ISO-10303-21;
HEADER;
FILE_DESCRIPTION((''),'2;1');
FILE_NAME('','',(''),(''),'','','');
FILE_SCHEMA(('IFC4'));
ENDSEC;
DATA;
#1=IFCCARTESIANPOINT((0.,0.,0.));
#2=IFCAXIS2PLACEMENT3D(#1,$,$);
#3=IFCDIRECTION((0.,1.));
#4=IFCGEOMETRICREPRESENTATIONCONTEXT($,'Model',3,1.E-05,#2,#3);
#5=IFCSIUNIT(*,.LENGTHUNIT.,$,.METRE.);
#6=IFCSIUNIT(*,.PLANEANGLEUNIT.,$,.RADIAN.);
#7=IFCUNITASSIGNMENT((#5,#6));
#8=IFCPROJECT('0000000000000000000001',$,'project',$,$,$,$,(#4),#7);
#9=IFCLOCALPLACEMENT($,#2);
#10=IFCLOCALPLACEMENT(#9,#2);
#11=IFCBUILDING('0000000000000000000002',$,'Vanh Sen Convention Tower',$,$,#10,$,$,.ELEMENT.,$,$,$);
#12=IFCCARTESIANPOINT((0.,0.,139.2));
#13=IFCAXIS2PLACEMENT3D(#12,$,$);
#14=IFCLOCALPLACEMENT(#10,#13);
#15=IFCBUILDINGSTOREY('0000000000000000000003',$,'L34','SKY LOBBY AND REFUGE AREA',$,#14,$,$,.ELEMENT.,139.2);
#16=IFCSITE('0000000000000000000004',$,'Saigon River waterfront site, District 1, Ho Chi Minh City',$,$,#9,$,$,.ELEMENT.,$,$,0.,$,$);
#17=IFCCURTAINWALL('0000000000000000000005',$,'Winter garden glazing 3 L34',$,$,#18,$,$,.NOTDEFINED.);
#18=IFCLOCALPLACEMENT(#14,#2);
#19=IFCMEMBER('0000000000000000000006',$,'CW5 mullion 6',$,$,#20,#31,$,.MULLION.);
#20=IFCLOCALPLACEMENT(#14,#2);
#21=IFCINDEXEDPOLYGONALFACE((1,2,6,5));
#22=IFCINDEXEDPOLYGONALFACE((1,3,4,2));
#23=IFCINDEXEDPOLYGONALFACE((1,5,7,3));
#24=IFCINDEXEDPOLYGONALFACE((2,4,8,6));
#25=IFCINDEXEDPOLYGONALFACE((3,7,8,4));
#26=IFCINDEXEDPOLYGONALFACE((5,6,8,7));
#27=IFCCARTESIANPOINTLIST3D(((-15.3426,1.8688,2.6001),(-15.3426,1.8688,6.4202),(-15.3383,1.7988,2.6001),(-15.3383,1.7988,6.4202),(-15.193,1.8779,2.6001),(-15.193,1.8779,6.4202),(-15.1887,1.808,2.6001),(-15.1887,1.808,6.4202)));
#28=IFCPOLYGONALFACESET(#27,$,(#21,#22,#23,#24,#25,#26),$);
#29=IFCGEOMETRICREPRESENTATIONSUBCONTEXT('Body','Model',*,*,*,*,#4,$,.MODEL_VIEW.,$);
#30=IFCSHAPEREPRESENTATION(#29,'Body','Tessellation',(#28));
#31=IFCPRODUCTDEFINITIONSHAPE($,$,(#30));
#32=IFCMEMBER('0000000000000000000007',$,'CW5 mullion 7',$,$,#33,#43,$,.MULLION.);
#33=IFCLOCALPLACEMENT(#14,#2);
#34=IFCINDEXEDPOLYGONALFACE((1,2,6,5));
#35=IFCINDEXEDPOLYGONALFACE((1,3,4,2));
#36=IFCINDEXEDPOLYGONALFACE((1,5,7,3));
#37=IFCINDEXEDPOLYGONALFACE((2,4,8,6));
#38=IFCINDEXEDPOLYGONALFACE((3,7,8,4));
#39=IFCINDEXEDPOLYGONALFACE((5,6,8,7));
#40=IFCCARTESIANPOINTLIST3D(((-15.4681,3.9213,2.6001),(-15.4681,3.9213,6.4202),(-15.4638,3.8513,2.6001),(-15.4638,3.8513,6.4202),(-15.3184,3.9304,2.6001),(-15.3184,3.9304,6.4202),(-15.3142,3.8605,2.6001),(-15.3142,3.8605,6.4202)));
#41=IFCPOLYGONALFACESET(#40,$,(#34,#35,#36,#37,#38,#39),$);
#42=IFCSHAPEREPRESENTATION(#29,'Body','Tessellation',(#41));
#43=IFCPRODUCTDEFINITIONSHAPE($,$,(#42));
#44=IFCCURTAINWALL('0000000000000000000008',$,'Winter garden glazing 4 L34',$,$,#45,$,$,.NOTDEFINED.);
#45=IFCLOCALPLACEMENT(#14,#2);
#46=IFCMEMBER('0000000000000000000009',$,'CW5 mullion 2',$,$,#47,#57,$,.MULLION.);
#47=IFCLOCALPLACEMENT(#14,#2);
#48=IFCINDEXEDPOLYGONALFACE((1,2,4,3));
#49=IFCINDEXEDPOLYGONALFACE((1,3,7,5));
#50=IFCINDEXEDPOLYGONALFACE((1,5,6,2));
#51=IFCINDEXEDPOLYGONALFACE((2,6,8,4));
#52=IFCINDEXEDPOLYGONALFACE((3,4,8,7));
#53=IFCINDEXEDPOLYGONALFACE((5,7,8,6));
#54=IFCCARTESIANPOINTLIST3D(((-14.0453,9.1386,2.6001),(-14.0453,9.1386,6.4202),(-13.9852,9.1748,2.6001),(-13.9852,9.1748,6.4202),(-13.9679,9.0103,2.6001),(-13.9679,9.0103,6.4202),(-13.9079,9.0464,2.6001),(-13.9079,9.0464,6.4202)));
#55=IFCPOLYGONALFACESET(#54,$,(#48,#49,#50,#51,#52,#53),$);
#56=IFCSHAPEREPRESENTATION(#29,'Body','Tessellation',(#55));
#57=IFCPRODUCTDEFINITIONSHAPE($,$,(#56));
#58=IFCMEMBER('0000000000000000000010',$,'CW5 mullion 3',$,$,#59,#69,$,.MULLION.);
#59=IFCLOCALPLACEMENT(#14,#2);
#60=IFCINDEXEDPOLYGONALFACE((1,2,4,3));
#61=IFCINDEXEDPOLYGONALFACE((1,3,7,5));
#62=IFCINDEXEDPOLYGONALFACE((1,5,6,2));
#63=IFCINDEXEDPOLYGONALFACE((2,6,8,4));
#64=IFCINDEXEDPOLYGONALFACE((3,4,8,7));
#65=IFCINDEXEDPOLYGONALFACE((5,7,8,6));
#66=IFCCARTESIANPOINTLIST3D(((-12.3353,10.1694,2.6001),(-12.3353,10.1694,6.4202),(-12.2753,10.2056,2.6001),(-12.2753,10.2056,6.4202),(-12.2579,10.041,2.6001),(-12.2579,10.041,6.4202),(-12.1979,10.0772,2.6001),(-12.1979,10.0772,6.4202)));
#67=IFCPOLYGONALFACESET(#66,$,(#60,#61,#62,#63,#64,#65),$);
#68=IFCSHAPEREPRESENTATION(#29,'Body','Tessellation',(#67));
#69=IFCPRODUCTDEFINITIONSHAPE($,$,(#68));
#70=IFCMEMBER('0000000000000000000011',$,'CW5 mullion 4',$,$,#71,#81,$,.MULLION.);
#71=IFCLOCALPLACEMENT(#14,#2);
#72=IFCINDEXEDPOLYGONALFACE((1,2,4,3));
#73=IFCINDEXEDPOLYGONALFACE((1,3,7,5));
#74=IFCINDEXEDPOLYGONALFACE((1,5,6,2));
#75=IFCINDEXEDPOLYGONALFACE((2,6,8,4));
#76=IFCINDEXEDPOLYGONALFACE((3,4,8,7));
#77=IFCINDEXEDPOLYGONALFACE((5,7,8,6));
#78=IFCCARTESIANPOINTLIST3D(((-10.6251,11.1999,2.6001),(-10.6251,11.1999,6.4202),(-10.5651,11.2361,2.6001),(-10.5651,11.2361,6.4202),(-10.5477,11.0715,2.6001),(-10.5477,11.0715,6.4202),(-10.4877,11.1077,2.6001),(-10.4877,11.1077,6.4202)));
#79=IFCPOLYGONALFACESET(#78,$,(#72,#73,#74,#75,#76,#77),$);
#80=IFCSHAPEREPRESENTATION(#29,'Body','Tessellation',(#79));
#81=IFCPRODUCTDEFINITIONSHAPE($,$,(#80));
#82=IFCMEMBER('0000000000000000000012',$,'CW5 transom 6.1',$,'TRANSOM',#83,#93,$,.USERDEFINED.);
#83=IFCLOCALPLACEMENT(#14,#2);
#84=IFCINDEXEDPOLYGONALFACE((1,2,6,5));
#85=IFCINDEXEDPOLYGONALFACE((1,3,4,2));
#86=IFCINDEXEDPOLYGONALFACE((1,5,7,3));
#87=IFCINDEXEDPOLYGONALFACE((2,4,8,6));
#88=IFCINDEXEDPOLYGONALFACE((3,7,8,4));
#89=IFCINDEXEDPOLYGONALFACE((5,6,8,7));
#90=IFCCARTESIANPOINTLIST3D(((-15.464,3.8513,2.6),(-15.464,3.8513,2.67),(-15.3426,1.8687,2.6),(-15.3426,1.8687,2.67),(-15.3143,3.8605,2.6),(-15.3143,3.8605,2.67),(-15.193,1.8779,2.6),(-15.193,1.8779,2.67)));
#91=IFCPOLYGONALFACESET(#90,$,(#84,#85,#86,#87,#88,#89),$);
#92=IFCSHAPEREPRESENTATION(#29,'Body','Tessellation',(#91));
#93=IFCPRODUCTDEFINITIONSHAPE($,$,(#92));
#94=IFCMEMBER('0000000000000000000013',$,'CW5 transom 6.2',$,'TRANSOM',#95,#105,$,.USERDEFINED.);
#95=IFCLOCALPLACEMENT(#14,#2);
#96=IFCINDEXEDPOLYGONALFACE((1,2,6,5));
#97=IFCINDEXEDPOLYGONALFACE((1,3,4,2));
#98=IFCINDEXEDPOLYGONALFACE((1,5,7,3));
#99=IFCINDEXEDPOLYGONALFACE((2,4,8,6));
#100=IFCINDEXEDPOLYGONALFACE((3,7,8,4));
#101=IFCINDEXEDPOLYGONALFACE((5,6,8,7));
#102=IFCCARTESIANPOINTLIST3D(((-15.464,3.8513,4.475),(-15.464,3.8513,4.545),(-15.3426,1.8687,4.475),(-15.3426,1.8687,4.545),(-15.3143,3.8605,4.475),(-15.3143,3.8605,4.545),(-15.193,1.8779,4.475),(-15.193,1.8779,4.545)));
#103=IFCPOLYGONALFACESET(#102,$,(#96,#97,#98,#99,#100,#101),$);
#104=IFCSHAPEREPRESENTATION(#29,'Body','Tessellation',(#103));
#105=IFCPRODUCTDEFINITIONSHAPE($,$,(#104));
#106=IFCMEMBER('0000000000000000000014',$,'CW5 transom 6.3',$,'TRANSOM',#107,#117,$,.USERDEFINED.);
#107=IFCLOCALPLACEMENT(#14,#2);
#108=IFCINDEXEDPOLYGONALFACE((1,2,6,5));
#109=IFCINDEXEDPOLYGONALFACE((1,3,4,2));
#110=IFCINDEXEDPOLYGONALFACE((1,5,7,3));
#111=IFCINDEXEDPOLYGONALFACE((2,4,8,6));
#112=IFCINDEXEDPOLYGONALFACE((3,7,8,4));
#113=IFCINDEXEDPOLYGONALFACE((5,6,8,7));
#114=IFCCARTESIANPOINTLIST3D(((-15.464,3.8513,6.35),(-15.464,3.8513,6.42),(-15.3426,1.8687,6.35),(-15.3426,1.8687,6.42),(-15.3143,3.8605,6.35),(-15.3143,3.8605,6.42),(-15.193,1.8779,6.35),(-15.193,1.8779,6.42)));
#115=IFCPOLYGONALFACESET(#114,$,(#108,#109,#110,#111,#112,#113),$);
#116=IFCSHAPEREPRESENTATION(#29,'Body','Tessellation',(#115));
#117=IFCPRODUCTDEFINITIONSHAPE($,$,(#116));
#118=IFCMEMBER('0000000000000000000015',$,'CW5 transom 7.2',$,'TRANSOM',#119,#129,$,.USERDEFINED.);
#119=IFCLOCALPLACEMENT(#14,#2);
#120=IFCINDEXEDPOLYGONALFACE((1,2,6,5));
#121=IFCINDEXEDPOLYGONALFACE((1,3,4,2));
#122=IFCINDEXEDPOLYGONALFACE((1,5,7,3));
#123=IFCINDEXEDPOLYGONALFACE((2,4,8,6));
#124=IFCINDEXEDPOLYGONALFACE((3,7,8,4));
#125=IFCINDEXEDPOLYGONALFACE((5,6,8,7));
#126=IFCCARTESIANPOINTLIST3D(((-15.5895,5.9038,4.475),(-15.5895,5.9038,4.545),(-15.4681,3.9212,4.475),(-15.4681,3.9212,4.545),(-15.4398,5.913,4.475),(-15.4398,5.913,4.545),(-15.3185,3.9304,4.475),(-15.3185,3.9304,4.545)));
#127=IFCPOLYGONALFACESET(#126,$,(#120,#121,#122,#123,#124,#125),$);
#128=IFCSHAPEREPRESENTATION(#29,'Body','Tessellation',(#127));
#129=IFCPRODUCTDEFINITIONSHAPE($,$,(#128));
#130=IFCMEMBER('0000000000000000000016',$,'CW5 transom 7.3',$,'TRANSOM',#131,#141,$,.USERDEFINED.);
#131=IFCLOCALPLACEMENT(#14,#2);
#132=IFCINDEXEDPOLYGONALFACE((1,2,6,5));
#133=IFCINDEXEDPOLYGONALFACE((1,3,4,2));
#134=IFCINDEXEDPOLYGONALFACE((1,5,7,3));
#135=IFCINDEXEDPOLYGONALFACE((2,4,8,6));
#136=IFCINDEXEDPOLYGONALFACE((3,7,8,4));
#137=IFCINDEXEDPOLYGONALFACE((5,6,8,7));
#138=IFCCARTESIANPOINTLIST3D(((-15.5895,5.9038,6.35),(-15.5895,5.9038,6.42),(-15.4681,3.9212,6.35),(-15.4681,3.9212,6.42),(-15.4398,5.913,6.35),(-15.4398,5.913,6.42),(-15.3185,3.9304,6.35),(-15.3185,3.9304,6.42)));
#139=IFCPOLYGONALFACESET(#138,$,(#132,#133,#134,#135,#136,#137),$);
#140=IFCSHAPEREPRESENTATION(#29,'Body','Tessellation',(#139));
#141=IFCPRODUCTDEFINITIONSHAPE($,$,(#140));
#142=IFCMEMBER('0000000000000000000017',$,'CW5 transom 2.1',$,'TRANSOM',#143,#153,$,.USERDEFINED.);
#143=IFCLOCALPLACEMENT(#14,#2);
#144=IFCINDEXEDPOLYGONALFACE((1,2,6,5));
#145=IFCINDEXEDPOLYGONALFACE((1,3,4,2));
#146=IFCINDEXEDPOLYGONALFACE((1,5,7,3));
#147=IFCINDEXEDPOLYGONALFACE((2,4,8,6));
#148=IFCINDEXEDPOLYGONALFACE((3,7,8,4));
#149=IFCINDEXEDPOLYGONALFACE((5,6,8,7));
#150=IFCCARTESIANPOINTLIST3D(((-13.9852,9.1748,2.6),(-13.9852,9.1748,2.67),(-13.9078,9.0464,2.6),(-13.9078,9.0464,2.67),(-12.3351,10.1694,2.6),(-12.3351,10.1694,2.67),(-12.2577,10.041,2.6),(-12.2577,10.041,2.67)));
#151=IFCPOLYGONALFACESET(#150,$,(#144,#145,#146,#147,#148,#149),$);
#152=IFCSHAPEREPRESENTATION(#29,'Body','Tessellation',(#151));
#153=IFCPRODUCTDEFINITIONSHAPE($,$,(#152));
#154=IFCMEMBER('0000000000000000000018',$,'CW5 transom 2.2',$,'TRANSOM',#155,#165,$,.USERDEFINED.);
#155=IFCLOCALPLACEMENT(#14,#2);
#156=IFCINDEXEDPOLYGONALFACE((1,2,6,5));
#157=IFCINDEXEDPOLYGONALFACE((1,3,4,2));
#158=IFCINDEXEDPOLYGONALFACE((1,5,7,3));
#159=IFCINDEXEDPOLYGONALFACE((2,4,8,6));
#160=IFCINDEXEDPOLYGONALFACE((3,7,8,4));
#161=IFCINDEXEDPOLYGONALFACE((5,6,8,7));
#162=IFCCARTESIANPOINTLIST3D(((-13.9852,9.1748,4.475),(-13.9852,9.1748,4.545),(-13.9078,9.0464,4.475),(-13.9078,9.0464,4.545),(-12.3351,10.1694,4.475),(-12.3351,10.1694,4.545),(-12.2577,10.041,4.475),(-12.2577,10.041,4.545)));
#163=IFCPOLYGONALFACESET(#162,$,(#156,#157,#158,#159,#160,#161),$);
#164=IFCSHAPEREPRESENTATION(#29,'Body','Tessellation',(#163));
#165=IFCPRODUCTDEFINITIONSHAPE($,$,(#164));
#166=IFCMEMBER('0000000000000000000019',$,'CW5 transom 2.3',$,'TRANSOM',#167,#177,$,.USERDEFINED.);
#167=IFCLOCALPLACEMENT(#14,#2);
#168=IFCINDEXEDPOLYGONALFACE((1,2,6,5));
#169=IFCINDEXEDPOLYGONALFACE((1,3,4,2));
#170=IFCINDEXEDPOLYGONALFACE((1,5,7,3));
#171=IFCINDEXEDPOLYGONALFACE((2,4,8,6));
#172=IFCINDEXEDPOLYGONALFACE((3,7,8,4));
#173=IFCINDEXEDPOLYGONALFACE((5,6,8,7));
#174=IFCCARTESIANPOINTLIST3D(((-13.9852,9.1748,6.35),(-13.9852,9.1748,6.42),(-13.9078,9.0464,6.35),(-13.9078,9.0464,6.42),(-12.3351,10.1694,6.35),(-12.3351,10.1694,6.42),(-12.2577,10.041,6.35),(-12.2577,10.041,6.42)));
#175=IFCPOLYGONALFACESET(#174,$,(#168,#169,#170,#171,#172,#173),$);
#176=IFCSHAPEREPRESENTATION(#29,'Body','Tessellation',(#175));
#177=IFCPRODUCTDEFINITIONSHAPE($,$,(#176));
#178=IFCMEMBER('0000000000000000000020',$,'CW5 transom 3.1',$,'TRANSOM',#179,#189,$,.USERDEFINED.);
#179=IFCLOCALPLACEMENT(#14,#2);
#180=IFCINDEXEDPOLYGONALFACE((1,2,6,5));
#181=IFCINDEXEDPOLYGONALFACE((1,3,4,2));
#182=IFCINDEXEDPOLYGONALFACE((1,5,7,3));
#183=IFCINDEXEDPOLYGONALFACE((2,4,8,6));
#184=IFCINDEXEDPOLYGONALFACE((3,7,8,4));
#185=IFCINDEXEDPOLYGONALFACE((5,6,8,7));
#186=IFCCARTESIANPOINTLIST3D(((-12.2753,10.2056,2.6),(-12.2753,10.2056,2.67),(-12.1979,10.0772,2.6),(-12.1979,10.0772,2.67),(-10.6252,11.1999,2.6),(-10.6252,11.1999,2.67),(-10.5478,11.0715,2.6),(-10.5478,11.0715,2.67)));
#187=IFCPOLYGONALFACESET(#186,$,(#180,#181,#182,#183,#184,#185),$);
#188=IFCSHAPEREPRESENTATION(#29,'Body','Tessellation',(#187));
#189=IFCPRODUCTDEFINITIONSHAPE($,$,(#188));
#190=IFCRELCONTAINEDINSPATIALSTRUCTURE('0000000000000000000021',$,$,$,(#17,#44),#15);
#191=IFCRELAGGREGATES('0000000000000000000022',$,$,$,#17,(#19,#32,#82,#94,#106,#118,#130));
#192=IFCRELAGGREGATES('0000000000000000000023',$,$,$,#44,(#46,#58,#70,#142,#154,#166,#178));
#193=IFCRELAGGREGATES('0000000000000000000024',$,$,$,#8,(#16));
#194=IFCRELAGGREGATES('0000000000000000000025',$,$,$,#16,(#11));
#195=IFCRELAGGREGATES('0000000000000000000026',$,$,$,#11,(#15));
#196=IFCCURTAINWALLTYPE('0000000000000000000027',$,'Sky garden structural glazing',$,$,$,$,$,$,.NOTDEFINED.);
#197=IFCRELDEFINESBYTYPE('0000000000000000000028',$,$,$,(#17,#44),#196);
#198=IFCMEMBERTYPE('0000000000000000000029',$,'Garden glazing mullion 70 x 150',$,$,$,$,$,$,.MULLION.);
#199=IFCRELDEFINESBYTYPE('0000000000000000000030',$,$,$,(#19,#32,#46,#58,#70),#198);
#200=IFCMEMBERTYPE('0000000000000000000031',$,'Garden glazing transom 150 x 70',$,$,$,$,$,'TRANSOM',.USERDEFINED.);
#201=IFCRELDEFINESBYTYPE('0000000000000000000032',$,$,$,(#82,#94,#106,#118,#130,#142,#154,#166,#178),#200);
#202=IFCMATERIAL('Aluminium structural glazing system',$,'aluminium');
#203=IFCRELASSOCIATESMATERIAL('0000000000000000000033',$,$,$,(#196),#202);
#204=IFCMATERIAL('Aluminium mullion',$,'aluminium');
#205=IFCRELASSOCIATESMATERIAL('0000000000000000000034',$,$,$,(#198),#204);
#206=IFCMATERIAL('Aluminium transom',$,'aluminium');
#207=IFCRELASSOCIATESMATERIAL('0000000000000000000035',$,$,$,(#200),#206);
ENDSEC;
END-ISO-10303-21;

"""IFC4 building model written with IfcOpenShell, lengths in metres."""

from ifc_helpers import new_model, si_unit, direction, frame, origin, origin_2d, place, context, subcontext, project, spatial, rectangle, extrude, material, material_profile, profile_set, type_object, element, aggregate, save


model = new_model("IFC4")

# Units and contexts
model_context = context("Model", 3, precision=1e-05, world=origin(), true_north=direction((0.0, 1.0)))
body_context = subcontext(model_context, "Body", "Model", "MODEL_VIEW")
ifc_project = project(units=[si_unit("LENGTHUNIT", "METRE"), si_unit("PLANEANGLEUNIT", "RADIAN")], contexts=[model_context])

# Site, building, storey
site_placement = place(None, origin())
site = spatial("IfcSite", under=ifc_project, at=site_placement, Name="Saigon River waterfront site, District 1, Ho Chi Minh City", CompositionType="ELEMENT", RefElevation=0.0)
building_placement = place(site_placement, origin())
building = spatial("IfcBuilding", under=site, at=building_placement, Name="Vanh Sen Convention Tower", CompositionType="ELEMENT")
storey_placement = place(building_placement, frame((0.0, 0.0, 139.2)))
storey = spatial("IfcBuildingStorey", under=building, at=storey_placement, Name="L34", Description="SKY LOBBY AND REFUGE AREA", CompositionType="ELEMENT", Elevation=139.2)

# Curtain walls, members
ifc_material_1 = material(Name="Aluminium structural glazing system", Category="aluminium")
curtain_wall_type = type_object("IfcCurtainWallType", Name="Sky garden structural glazing", PredefinedType="NOTDEFINED", material=ifc_material_1)
curtain_wall_1_placement = place(storey_placement, origin())
curtain_wall_1 = element("IfcCurtainWall", 1, at=curtain_wall_1_placement, inside=storey, type_object=curtain_wall_type, Name="Winter garden glazing 3 L34", PredefinedType="NOTDEFINED")
ifc_material_2 = material(Name="Aluminium mullion", Category="aluminium")
ifc_material_profile_1 = material_profile(ifc_material_2, rectangle(XDim=0.1499, YDim=0.0701, at=origin_2d()), Name="Garden glazing mullion 70 x 150")
ifc_profile_set_1 = profile_set([ifc_material_profile_1], Name="Aluminium mullion")
member_type_1 = type_object("IfcMemberType", Name="Garden glazing mullion 70 x 150", PredefinedType="MULLION", material=ifc_profile_set_1)
member_1_placement = place(storey_placement, frame((-15.2656, 1.8384, 2.6001), z_axis=(0.0, 0.0, 1.0), x_axis=(-0.998135, -0.061047, 0.0)))
member_1 = element("IfcMember", 2, at=member_1_placement, type_object=member_type_1, Name="CW5 mullion 6", PredefinedType="MULLION", context=body_context, shape_type="SweptSolid", body=[
    extrude(rectangle(XDim=0.1499, YDim=0.0701, at=origin_2d()), origin(), (0.0, 0.0, 1.0), 3.8201),
])
member_2_placement = place(storey_placement, frame((-15.3911, 3.8909, 2.6001), z_axis=(0.0, 0.0, 1.0), x_axis=(-0.998135, -0.061047, 0.0)))
member_2 = element("IfcMember", 3, at=member_2_placement, type_object=member_type_1, Name="CW5 mullion 7", PredefinedType="MULLION", context=body_context, shape_type="SweptSolid", body=[
    extrude(rectangle(XDim=0.1499, YDim=0.0701, at=origin_2d()), origin(), (0.0, 0.0, 1.0), 3.8201),
])
curtain_wall_2_placement = place(storey_placement, origin())
curtain_wall_2 = element("IfcCurtainWall", 4, at=curtain_wall_2_placement, inside=storey, type_object=curtain_wall_type, Name="Winter garden glazing 4 L34", PredefinedType="NOTDEFINED")
member_3_placement = place(storey_placement, frame((-13.9766, 9.0925, 2.6001), z_axis=(0.0, 0.0, 1.0), x_axis=(-0.516176, 0.856483, 0.0)))
member_3 = element("IfcMember", 5, at=member_3_placement, type_object=member_type_1, Name="CW5 mullion 2", PredefinedType="MULLION", context=body_context, shape_type="SweptSolid", body=[
    extrude(rectangle(XDim=0.1499, YDim=0.0701, at=origin_2d()), origin(), (0.0, 0.0, 1.0), 3.8201),
])
member_4_placement = place(storey_placement, frame((-12.2666, 10.1233, 2.6001), z_axis=(0.0, 0.0, 1.0), x_axis=(-0.516176, 0.856483, 0.0)))
member_4 = element("IfcMember", 6, at=member_4_placement, type_object=member_type_1, Name="CW5 mullion 3", PredefinedType="MULLION", context=body_context, shape_type="SweptSolid", body=[
    extrude(rectangle(XDim=0.1499, YDim=0.0701, at=origin_2d()), origin(), (0.0, 0.0, 1.0), 3.8201),
])
member_5_placement = place(storey_placement, frame((-10.5564, 11.1538, 2.6001), z_axis=(0.0, 0.0, 1.0), x_axis=(-0.516176, 0.856483, 0.0)))
member_5 = element("IfcMember", 7, at=member_5_placement, type_object=member_type_1, Name="CW5 mullion 4", PredefinedType="MULLION", context=body_context, shape_type="SweptSolid", body=[
    extrude(rectangle(XDim=0.1499, YDim=0.0701, at=origin_2d()), origin(), (0.0, 0.0, 1.0), 3.8201),
])

# Members
ifc_material_3 = material(Name="Aluminium transom", Category="aluminium")
ifc_material_profile_2 = material_profile(ifc_material_3, rectangle(XDim=0.1499, YDim=0.0701, at=origin_2d()), Name="Garden glazing transom 150 x 70")
ifc_profile_set_2 = profile_set([ifc_material_profile_2], Name="Aluminium transom")
member_type_2 = type_object("IfcMemberType", Name="Garden glazing transom 150 x 70", ElementType="TRANSOM", PredefinedType="USERDEFINED", material=ifc_profile_set_2)
member_6_placement = place(storey_placement, frame((-15.2678, 1.8733, 2.635), z_axis=(-0.061085, 0.998133, 0.0), x_axis=(-0.998133, -0.061085, 0.0)))
member_6 = element("IfcMember", 8, at=member_6_placement, type_object=member_type_2, Name="CW5 transom 6.1", ObjectType="TRANSOM", PredefinedType="USERDEFINED", context=body_context, shape_type="SweptSolid", body=[
    extrude(rectangle(XDim=0.1499, YDim=0.0701, at=origin_2d()), origin(), (0.0, 0.0, 1.0), 1.9863),
])
member_7_placement = place(storey_placement, frame((-15.2678, 1.8733, 4.51), z_axis=(-0.061085, 0.998133, 0.0), x_axis=(-0.998133, -0.061085, 0.0)))
member_7 = element("IfcMember", 9, at=member_7_placement, type_object=member_type_2, Name="CW5 transom 6.2", ObjectType="TRANSOM", PredefinedType="USERDEFINED", context=body_context, shape_type="SweptSolid", body=[
    extrude(rectangle(XDim=0.1499, YDim=0.0701, at=origin_2d()), origin(), (0.0, 0.0, 1.0), 1.9863),
])
member_8_placement = place(storey_placement, frame((-15.2678, 1.8733, 6.385), z_axis=(-0.061085, 0.998133, 0.0), x_axis=(-0.998133, -0.061085, 0.0)))
member_8 = element("IfcMember", 10, at=member_8_placement, type_object=member_type_2, Name="CW5 transom 6.3", ObjectType="TRANSOM", PredefinedType="USERDEFINED", context=body_context, shape_type="SweptSolid", body=[
    extrude(rectangle(XDim=0.1499, YDim=0.0701, at=origin_2d()), origin(), (0.0, 0.0, 1.0), 1.9863),
])
member_9_placement = place(storey_placement, frame((-15.3933, 3.9258, 4.51), z_axis=(-0.061085, 0.998133, 0.0), x_axis=(-0.998133, -0.061085, 0.0)))
member_9 = element("IfcMember", 11, at=member_9_placement, type_object=member_type_2, Name="CW5 transom 7.2", ObjectType="TRANSOM", PredefinedType="USERDEFINED", context=body_context, shape_type="SweptSolid", body=[
    extrude(rectangle(XDim=0.1499, YDim=0.0701, at=origin_2d()), origin(), (0.0, 0.0, 1.0), 1.9863),
])
member_10_placement = place(storey_placement, frame((-15.3933, 3.9258, 6.385), z_axis=(-0.061085, 0.998133, 0.0), x_axis=(-0.998133, -0.061085, 0.0)))
member_10 = element("IfcMember", 12, at=member_10_placement, type_object=member_type_2, Name="CW5 transom 7.3", ObjectType="TRANSOM", PredefinedType="USERDEFINED", context=body_context, shape_type="SweptSolid", body=[
    extrude(rectangle(XDim=0.1499, YDim=0.0701, at=origin_2d()), origin(), (0.0, 0.0, 1.0), 1.9863),
])
member_11_placement = place(storey_placement, frame((-13.9465, 9.1106, 2.635), z_axis=(0.856451, 0.516228, 0.0), x_axis=(-0.516228, 0.856451, 0.0)))
member_11 = element("IfcMember", 13, at=member_11_placement, type_object=member_type_2, Name="CW5 transom 2.1", ObjectType="TRANSOM", PredefinedType="USERDEFINED", context=body_context, shape_type="SweptSolid", body=[
    extrude(rectangle(XDim=0.1499, YDim=0.0701, at=origin_2d()), origin(), (0.0, 0.0, 1.0), 1.9268),
])
member_12_placement = place(storey_placement, frame((-13.9465, 9.1106, 4.51), z_axis=(0.856451, 0.516228, 0.0), x_axis=(-0.516228, 0.856451, 0.0)))
member_12 = element("IfcMember", 14, at=member_12_placement, type_object=member_type_2, Name="CW5 transom 2.2", ObjectType="TRANSOM", PredefinedType="USERDEFINED", context=body_context, shape_type="SweptSolid", body=[
    extrude(rectangle(XDim=0.1499, YDim=0.0701, at=origin_2d()), origin(), (0.0, 0.0, 1.0), 1.9268),
])
member_13_placement = place(storey_placement, frame((-13.9465, 9.1106, 6.385), z_axis=(0.856451, 0.516228, 0.0), x_axis=(-0.516228, 0.856451, 0.0)))
member_13 = element("IfcMember", 15, at=member_13_placement, type_object=member_type_2, Name="CW5 transom 2.3", ObjectType="TRANSOM", PredefinedType="USERDEFINED", context=body_context, shape_type="SweptSolid", body=[
    extrude(rectangle(XDim=0.1499, YDim=0.0701, at=origin_2d()), origin(), (0.0, 0.0, 1.0), 1.9268),
])
member_14_placement = place(storey_placement, frame((-12.2366, 10.1414, 2.635), z_axis=(0.856507, 0.516135, 0.0), x_axis=(-0.516135, 0.856507, 0.0)))
member_14 = element("IfcMember", 16, at=member_14_placement, type_object=member_type_2, Name="CW5 transom 3.1", ObjectType="TRANSOM", PredefinedType="USERDEFINED", context=body_context, shape_type="SweptSolid", body=[
    extrude(rectangle(XDim=0.1499, YDim=0.0701, at=origin_2d()), origin(), (0.0, 0.0, 1.0), 1.9265),
])

aggregate(curtain_wall_1, [member_1, member_2, member_6, member_7, member_8, member_9, member_10])
aggregate(curtain_wall_2, [member_3, member_4, member_5, member_11, member_12, member_13, member_14])

save(model, "model.ifc")
